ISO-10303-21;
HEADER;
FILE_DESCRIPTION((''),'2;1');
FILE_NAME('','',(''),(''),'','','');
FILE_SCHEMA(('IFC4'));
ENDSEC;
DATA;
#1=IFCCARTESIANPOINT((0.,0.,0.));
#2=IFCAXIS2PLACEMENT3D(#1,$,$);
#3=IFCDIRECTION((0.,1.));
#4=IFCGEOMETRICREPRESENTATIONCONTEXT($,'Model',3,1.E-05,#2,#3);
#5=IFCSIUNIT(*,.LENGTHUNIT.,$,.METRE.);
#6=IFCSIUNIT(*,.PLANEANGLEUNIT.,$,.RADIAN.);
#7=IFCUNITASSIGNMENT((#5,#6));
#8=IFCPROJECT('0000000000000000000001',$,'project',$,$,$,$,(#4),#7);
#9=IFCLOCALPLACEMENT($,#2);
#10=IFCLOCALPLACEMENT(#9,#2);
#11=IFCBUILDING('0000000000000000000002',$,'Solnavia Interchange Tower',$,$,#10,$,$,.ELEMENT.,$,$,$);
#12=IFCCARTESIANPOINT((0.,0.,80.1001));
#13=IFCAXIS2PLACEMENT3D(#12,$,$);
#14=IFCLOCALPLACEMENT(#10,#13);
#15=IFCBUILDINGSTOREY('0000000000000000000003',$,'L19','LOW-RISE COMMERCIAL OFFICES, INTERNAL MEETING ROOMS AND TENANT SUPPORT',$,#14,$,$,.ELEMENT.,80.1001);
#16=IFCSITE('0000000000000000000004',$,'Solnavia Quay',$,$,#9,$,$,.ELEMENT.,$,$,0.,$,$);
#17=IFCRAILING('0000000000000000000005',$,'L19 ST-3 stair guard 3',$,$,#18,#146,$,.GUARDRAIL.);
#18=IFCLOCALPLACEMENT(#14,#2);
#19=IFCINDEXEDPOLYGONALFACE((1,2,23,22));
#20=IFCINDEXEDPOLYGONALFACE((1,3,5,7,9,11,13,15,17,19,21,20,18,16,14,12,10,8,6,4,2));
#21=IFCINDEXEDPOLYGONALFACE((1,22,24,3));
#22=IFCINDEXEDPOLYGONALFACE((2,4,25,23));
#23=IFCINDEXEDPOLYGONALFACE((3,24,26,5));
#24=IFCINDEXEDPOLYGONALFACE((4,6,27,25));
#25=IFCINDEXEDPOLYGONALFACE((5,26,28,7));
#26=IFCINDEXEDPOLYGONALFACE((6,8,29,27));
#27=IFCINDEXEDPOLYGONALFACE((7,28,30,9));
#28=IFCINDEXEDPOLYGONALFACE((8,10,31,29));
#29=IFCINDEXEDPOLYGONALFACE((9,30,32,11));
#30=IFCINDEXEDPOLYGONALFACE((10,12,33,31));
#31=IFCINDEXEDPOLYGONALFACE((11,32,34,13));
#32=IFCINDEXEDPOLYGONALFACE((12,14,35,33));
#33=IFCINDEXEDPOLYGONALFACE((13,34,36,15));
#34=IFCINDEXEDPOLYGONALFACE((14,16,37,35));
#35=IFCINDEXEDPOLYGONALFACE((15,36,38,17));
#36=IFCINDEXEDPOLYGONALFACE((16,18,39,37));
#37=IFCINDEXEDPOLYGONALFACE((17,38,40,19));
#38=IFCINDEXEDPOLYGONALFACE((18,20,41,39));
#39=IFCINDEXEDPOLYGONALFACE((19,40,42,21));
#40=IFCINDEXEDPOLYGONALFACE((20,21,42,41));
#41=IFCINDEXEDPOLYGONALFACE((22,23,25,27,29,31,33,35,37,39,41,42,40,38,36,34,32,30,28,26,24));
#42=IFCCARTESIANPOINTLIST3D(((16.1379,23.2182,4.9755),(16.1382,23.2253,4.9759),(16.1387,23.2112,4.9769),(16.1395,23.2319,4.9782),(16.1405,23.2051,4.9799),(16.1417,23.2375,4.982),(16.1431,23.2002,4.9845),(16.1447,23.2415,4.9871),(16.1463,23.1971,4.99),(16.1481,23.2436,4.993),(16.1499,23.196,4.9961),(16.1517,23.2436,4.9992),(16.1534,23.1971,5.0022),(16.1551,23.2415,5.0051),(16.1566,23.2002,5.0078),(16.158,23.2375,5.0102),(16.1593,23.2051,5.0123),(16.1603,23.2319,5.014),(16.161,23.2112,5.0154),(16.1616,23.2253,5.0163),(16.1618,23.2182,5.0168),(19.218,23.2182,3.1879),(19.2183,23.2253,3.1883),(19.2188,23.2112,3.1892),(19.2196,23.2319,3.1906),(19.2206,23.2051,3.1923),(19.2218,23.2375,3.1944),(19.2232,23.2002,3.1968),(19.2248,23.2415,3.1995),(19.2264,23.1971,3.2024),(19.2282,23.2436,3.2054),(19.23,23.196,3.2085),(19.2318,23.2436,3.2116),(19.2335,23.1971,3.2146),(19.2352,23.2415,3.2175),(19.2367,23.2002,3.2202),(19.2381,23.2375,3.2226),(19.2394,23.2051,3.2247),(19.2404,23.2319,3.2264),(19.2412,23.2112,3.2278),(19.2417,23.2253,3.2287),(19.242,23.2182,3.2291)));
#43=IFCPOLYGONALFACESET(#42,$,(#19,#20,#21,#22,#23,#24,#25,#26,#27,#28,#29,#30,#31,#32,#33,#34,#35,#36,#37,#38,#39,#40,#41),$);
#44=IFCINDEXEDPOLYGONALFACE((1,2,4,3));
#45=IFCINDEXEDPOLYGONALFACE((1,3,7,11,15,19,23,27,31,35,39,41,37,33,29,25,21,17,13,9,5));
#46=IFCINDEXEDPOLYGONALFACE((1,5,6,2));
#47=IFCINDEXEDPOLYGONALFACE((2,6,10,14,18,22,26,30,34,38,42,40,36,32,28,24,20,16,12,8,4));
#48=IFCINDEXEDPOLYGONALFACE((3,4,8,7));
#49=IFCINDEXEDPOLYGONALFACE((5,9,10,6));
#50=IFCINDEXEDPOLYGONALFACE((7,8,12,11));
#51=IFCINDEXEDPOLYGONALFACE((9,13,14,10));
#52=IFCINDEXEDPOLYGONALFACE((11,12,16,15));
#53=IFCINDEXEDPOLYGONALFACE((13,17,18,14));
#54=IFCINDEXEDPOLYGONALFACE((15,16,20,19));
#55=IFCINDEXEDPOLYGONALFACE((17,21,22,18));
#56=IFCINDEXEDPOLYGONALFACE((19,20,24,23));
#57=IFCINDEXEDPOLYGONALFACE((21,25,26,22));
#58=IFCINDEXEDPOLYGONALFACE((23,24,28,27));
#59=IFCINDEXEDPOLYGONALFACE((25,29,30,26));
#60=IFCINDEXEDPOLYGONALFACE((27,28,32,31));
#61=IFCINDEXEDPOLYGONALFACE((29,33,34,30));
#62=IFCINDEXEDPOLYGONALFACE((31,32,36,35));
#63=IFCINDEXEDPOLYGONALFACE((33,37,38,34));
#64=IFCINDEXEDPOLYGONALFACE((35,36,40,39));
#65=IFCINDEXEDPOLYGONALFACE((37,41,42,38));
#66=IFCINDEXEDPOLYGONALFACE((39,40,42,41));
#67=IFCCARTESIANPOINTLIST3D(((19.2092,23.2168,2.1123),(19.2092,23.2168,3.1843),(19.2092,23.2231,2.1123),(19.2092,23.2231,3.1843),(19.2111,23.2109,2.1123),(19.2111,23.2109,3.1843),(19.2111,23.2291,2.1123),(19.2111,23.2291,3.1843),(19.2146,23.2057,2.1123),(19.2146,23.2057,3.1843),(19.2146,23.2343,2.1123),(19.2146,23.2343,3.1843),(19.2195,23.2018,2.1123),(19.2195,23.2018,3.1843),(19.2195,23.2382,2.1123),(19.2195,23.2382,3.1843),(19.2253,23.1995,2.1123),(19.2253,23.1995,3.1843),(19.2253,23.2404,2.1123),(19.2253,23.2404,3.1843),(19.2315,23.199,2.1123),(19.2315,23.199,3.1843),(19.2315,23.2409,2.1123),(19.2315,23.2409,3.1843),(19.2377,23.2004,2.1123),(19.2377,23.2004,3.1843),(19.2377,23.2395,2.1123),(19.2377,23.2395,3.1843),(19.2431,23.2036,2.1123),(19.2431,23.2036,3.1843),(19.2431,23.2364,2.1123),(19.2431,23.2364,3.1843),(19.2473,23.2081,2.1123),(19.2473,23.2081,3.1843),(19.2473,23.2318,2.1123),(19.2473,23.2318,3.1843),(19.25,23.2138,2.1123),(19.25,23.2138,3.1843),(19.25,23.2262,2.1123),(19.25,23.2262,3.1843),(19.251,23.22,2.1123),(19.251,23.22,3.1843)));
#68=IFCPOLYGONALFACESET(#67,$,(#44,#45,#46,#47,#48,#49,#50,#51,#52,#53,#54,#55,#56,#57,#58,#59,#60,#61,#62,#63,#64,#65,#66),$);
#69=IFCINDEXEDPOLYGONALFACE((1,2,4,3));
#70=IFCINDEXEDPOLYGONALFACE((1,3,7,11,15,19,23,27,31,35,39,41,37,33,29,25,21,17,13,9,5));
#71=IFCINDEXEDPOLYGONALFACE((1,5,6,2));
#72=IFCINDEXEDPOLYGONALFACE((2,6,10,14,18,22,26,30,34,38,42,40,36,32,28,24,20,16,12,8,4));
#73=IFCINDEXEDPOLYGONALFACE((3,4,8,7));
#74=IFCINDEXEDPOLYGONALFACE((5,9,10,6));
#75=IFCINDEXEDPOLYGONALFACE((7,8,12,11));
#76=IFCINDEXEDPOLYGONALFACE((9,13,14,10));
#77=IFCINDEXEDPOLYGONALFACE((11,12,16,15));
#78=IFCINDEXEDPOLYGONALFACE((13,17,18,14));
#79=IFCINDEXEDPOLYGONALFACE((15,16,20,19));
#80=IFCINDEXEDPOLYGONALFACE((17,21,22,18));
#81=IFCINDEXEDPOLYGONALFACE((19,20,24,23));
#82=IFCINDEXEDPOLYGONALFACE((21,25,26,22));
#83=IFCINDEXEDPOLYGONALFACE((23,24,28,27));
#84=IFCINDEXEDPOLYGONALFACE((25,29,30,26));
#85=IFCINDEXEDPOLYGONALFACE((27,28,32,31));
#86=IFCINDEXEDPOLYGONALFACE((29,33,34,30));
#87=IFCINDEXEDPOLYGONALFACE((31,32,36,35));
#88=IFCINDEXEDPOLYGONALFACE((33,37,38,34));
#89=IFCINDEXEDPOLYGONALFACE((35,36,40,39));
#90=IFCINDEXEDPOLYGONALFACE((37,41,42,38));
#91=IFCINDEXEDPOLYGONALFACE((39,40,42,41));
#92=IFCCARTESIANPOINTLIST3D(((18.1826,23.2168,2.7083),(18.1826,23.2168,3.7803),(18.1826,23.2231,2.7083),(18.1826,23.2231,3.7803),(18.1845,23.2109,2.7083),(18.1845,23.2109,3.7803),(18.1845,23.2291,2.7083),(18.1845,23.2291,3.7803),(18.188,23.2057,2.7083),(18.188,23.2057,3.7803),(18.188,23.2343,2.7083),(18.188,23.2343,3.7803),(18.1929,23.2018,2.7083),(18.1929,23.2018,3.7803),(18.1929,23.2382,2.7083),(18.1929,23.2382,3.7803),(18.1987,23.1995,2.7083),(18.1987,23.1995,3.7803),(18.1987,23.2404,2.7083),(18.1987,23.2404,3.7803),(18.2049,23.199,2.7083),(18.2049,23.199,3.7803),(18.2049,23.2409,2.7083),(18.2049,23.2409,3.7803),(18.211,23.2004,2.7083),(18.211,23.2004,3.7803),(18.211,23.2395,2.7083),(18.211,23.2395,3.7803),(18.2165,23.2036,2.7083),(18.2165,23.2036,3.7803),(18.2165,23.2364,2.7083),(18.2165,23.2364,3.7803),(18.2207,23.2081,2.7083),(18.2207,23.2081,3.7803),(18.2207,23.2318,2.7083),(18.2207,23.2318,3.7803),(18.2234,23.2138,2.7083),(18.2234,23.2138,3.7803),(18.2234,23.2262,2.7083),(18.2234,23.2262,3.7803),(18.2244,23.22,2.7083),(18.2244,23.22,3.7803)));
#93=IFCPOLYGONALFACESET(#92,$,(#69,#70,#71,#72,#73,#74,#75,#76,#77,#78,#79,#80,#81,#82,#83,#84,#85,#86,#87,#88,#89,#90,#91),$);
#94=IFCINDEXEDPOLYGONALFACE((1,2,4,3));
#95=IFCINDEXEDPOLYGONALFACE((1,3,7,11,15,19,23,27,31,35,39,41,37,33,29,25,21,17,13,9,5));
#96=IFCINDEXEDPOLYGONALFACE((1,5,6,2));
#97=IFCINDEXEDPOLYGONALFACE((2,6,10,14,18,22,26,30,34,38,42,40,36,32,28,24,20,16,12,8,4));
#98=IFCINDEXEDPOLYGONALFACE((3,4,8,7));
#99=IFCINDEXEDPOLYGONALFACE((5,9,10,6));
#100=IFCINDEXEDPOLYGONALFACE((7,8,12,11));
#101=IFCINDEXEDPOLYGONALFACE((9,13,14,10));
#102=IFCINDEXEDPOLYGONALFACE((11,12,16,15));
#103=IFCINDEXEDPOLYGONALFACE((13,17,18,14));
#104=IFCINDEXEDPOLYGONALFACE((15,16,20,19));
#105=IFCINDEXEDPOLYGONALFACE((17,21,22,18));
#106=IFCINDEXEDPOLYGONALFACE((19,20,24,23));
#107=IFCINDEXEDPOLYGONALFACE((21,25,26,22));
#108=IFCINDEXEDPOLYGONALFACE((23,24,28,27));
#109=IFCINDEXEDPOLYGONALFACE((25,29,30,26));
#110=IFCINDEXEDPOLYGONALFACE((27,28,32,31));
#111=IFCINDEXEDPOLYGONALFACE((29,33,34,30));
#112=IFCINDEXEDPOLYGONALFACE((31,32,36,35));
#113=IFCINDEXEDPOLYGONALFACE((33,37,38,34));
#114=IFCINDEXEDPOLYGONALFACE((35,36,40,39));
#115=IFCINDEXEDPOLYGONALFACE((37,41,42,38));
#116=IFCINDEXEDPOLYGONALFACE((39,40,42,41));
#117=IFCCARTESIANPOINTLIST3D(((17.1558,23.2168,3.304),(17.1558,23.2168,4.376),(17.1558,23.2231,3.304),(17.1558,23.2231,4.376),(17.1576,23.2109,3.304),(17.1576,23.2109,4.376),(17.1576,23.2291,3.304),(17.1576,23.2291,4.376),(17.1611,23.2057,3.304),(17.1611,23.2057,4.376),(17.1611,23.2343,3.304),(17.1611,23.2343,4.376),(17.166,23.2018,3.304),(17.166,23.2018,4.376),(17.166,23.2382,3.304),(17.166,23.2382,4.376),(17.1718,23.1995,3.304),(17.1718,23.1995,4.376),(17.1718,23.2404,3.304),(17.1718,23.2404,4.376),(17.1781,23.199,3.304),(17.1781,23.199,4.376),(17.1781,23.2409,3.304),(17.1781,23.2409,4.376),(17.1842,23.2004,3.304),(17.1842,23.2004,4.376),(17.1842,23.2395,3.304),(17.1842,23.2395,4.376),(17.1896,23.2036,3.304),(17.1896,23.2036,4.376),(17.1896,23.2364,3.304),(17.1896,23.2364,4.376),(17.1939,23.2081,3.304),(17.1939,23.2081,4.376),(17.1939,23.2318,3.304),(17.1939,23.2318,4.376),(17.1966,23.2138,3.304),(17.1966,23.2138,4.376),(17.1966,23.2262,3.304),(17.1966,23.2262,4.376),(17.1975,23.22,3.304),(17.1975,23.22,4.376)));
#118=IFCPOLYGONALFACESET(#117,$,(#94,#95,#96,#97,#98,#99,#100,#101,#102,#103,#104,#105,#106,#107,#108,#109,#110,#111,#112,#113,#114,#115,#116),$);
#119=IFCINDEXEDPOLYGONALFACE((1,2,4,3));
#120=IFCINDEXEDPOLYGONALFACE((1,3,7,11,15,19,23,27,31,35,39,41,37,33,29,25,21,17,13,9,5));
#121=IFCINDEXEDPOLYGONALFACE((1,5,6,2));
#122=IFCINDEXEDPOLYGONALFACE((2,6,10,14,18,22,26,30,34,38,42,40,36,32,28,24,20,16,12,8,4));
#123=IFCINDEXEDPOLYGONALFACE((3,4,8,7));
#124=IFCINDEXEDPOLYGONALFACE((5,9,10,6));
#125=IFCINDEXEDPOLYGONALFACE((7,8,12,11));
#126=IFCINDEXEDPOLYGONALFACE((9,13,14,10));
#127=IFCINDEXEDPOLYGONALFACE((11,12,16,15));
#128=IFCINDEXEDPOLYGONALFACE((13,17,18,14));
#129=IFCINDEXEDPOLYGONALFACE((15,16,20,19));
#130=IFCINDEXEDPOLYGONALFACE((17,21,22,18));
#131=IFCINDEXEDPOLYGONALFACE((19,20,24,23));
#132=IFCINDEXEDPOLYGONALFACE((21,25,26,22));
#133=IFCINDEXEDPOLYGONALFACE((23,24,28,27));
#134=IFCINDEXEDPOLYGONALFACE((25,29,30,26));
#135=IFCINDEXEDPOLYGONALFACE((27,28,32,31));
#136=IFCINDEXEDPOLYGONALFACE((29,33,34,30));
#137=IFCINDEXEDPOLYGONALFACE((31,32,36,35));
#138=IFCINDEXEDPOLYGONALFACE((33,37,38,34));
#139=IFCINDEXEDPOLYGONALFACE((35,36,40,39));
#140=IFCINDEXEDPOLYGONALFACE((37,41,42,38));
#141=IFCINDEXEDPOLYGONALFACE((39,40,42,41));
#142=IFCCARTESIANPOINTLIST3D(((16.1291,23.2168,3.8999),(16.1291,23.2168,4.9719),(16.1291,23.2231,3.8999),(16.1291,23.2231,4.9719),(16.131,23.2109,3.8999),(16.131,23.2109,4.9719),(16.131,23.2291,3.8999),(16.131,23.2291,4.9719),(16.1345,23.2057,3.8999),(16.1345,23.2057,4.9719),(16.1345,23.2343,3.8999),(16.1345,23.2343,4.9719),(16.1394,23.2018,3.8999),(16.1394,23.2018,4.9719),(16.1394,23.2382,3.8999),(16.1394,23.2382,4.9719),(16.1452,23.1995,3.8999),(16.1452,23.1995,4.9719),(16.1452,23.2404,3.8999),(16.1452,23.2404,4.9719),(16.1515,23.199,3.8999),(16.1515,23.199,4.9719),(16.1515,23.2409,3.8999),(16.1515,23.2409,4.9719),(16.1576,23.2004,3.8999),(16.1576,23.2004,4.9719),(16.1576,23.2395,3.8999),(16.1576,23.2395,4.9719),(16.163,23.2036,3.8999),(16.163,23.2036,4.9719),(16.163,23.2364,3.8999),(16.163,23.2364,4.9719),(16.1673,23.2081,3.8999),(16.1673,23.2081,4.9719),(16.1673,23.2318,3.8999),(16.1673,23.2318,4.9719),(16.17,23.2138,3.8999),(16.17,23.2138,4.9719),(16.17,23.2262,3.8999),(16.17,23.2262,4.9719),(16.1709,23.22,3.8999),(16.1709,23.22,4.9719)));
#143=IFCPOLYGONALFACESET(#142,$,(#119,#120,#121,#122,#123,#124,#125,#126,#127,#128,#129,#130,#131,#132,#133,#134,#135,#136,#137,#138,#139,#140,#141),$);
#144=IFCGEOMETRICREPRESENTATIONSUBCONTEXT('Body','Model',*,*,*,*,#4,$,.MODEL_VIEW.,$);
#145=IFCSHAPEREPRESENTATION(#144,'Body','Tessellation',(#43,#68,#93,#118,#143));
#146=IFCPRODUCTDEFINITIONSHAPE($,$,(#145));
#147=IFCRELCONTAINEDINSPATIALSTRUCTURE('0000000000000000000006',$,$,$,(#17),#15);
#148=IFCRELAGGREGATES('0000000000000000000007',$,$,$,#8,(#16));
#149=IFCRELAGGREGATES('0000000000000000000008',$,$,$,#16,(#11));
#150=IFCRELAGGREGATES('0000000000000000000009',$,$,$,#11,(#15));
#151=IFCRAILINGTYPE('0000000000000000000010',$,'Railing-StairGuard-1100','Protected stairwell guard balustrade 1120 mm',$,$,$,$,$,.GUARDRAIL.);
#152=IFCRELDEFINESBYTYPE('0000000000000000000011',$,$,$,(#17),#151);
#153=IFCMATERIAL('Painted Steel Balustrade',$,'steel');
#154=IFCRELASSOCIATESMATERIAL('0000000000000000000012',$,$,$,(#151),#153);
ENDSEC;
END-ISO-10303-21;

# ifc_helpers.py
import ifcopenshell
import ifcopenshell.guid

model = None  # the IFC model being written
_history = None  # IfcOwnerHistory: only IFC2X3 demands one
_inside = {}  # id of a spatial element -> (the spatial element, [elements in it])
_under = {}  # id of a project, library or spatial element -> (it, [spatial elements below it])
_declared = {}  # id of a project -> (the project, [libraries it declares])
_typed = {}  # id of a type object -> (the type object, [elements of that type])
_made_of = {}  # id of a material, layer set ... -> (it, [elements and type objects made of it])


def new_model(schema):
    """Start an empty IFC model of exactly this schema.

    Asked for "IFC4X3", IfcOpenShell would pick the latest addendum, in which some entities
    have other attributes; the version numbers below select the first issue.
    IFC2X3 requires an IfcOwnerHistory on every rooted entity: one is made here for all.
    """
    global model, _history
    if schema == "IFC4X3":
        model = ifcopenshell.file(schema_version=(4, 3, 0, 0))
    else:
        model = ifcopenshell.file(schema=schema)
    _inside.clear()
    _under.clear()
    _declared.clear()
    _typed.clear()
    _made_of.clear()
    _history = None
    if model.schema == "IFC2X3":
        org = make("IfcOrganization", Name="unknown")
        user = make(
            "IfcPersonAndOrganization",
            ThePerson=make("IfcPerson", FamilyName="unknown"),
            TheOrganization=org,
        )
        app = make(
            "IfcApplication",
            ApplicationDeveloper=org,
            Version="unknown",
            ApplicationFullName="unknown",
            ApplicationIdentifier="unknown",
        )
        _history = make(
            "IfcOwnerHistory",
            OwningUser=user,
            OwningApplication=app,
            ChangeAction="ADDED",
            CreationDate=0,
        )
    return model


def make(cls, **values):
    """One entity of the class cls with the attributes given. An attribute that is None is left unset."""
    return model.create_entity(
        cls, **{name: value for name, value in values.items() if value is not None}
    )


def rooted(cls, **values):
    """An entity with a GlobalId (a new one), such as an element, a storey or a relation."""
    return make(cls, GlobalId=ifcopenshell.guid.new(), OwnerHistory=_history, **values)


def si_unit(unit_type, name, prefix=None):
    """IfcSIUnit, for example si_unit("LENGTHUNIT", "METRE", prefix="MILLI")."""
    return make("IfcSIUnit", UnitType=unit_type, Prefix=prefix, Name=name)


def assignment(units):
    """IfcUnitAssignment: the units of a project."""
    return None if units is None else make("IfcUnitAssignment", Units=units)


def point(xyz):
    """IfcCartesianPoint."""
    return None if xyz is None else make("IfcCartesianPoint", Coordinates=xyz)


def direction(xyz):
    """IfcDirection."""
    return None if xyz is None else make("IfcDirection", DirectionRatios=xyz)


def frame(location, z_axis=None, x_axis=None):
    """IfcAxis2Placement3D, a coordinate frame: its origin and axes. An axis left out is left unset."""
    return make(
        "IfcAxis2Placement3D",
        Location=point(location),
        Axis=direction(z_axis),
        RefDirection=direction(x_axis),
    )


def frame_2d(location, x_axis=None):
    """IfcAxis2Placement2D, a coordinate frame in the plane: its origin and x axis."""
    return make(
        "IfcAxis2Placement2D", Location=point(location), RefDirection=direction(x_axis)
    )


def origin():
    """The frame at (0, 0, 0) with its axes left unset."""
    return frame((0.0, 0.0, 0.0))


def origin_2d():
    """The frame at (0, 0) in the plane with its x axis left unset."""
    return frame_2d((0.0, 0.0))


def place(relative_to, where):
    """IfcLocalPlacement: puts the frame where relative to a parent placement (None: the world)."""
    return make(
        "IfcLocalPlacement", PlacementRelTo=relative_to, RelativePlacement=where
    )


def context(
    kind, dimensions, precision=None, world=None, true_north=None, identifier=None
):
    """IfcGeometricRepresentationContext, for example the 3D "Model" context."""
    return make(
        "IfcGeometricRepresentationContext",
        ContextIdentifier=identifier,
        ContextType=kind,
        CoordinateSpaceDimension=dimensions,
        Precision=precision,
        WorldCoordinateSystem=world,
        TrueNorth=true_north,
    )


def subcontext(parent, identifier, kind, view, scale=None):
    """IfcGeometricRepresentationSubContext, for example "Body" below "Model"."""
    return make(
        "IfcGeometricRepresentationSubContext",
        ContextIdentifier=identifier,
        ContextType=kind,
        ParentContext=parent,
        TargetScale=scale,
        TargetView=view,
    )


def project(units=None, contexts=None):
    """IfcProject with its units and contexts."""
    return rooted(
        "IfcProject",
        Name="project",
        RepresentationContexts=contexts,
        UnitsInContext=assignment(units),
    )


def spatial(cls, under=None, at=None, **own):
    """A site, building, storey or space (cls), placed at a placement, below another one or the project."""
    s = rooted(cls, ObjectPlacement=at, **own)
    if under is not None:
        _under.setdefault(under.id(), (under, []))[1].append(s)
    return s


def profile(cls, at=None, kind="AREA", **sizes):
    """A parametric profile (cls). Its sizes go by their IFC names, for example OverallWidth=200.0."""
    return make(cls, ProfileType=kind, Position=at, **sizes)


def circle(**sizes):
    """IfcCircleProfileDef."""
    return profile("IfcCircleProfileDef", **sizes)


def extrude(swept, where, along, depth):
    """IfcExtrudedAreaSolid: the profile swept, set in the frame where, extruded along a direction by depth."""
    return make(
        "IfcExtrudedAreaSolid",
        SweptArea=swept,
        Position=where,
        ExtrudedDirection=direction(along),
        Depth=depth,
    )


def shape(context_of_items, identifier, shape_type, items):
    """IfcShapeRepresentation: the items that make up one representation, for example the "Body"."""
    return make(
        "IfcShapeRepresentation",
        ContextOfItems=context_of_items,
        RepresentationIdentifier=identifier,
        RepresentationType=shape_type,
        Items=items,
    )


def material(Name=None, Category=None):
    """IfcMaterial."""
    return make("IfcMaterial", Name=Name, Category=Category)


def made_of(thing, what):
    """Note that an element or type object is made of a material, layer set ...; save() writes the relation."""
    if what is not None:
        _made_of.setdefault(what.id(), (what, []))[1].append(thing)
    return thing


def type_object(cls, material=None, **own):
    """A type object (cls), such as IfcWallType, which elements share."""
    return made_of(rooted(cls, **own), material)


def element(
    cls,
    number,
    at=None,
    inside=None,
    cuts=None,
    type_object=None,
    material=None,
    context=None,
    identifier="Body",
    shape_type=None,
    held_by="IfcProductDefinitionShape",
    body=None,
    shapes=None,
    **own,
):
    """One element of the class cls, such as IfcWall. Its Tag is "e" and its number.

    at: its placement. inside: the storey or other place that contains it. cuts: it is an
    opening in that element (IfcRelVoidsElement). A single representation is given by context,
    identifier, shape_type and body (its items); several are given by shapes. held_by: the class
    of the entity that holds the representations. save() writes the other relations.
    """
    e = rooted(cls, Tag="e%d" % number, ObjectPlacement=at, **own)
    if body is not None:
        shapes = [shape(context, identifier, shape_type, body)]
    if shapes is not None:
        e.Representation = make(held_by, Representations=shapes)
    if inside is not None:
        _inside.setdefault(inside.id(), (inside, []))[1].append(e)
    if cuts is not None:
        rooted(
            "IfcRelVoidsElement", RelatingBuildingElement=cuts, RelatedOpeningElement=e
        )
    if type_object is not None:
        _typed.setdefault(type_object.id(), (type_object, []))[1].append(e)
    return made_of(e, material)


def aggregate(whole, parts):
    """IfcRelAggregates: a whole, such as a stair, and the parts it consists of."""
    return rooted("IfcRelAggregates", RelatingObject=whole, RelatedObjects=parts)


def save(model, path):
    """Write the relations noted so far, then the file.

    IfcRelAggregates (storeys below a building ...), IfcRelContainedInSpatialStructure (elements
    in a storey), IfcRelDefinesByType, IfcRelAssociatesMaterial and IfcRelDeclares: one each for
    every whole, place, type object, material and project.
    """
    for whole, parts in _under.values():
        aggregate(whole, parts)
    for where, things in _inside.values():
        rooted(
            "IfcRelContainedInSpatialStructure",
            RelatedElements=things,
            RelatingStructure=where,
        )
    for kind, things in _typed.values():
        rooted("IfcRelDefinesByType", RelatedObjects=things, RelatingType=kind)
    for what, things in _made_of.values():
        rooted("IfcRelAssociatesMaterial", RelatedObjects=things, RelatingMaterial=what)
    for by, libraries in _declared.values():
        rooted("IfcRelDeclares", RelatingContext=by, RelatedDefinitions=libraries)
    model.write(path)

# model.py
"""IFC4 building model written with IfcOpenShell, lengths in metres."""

from ifc_helpers import new_model, si_unit, direction, frame, origin, origin_2d, place, context, subcontext, project, spatial, circle, extrude, material, type_object, element, save


model = new_model("IFC4")

# Units and contexts
model_context = context("Model", 3, precision=1e-05, world=origin(), true_north=direction((0.0, 1.0)))
body_context = subcontext(model_context, "Body", "Model", "MODEL_VIEW")
ifc_project = project(units=[si_unit("LENGTHUNIT", "METRE"), si_unit("PLANEANGLEUNIT", "RADIAN")], contexts=[model_context])

# Site, building, storey
site_placement = place(None, origin())
site = spatial("IfcSite", under=ifc_project, at=site_placement, Name="Solnavia Quay", CompositionType="ELEMENT", RefElevation=0.0)
building_placement = place(site_placement, origin())
building = spatial("IfcBuilding", under=site, at=building_placement, Name="Solnavia Interchange Tower", CompositionType="ELEMENT")
storey_placement = place(building_placement, frame((0.0, 0.0, 80.1001)))
storey = spatial("IfcBuildingStorey", under=building, at=storey_placement, Name="L19", Description="LOW-RISE COMMERCIAL OFFICES, INTERNAL MEETING ROOMS AND TENANT SUPPORT", CompositionType="ELEMENT", Elevation=80.1001)

# Railing
ifc_material_1 = material(Name="Painted Steel Balustrade", Category="steel")
railing_type_1 = type_object("IfcRailingType", Name="Railing-StairGuard-1100", Description="Protected stairwell guard balustrade 1120 mm", PredefinedType="GUARDRAIL", material=ifc_material_1)
railing_1_placement = place(storey_placement, frame((19.23, 23.22, 2.1123)))
element("IfcRailing", 1, at=railing_1_placement, inside=storey, type_object=railing_type_1, Name="L19 ST-3 stair guard 3", PredefinedType="GUARDRAIL", context=body_context, shape_type="SweptSolid", body=[
    extrude(circle(Radius=0.0239, at=origin_2d()), frame((0.0, 0.0, 1.0962), z_axis=(-0.864891, 0.0, 0.50196), x_axis=(0.0, -1.0, 0.0)), (0.0, 0.0, 1.0), 3.5613),
    extrude(circle(Radius=0.021, at=origin_2d()), origin(), (0.0, 0.0, 1.0), 1.072),
    extrude(circle(Radius=0.021, at=origin_2d()), frame((-1.0266, 0.0, 0.5959)), (0.0, 0.0, 1.0), 1.072),
    extrude(circle(Radius=0.021, at=origin_2d()), frame((-2.0535, 0.0, 1.1917)), (0.0, 0.0, 1.0), 1.072),
    extrude(circle(Radius=0.021, at=origin_2d()), frame((-3.0801, 0.0, 1.7876)), (0.0, 0.0, 1.0), 1.072),
])

save(model, "model.ifc")
